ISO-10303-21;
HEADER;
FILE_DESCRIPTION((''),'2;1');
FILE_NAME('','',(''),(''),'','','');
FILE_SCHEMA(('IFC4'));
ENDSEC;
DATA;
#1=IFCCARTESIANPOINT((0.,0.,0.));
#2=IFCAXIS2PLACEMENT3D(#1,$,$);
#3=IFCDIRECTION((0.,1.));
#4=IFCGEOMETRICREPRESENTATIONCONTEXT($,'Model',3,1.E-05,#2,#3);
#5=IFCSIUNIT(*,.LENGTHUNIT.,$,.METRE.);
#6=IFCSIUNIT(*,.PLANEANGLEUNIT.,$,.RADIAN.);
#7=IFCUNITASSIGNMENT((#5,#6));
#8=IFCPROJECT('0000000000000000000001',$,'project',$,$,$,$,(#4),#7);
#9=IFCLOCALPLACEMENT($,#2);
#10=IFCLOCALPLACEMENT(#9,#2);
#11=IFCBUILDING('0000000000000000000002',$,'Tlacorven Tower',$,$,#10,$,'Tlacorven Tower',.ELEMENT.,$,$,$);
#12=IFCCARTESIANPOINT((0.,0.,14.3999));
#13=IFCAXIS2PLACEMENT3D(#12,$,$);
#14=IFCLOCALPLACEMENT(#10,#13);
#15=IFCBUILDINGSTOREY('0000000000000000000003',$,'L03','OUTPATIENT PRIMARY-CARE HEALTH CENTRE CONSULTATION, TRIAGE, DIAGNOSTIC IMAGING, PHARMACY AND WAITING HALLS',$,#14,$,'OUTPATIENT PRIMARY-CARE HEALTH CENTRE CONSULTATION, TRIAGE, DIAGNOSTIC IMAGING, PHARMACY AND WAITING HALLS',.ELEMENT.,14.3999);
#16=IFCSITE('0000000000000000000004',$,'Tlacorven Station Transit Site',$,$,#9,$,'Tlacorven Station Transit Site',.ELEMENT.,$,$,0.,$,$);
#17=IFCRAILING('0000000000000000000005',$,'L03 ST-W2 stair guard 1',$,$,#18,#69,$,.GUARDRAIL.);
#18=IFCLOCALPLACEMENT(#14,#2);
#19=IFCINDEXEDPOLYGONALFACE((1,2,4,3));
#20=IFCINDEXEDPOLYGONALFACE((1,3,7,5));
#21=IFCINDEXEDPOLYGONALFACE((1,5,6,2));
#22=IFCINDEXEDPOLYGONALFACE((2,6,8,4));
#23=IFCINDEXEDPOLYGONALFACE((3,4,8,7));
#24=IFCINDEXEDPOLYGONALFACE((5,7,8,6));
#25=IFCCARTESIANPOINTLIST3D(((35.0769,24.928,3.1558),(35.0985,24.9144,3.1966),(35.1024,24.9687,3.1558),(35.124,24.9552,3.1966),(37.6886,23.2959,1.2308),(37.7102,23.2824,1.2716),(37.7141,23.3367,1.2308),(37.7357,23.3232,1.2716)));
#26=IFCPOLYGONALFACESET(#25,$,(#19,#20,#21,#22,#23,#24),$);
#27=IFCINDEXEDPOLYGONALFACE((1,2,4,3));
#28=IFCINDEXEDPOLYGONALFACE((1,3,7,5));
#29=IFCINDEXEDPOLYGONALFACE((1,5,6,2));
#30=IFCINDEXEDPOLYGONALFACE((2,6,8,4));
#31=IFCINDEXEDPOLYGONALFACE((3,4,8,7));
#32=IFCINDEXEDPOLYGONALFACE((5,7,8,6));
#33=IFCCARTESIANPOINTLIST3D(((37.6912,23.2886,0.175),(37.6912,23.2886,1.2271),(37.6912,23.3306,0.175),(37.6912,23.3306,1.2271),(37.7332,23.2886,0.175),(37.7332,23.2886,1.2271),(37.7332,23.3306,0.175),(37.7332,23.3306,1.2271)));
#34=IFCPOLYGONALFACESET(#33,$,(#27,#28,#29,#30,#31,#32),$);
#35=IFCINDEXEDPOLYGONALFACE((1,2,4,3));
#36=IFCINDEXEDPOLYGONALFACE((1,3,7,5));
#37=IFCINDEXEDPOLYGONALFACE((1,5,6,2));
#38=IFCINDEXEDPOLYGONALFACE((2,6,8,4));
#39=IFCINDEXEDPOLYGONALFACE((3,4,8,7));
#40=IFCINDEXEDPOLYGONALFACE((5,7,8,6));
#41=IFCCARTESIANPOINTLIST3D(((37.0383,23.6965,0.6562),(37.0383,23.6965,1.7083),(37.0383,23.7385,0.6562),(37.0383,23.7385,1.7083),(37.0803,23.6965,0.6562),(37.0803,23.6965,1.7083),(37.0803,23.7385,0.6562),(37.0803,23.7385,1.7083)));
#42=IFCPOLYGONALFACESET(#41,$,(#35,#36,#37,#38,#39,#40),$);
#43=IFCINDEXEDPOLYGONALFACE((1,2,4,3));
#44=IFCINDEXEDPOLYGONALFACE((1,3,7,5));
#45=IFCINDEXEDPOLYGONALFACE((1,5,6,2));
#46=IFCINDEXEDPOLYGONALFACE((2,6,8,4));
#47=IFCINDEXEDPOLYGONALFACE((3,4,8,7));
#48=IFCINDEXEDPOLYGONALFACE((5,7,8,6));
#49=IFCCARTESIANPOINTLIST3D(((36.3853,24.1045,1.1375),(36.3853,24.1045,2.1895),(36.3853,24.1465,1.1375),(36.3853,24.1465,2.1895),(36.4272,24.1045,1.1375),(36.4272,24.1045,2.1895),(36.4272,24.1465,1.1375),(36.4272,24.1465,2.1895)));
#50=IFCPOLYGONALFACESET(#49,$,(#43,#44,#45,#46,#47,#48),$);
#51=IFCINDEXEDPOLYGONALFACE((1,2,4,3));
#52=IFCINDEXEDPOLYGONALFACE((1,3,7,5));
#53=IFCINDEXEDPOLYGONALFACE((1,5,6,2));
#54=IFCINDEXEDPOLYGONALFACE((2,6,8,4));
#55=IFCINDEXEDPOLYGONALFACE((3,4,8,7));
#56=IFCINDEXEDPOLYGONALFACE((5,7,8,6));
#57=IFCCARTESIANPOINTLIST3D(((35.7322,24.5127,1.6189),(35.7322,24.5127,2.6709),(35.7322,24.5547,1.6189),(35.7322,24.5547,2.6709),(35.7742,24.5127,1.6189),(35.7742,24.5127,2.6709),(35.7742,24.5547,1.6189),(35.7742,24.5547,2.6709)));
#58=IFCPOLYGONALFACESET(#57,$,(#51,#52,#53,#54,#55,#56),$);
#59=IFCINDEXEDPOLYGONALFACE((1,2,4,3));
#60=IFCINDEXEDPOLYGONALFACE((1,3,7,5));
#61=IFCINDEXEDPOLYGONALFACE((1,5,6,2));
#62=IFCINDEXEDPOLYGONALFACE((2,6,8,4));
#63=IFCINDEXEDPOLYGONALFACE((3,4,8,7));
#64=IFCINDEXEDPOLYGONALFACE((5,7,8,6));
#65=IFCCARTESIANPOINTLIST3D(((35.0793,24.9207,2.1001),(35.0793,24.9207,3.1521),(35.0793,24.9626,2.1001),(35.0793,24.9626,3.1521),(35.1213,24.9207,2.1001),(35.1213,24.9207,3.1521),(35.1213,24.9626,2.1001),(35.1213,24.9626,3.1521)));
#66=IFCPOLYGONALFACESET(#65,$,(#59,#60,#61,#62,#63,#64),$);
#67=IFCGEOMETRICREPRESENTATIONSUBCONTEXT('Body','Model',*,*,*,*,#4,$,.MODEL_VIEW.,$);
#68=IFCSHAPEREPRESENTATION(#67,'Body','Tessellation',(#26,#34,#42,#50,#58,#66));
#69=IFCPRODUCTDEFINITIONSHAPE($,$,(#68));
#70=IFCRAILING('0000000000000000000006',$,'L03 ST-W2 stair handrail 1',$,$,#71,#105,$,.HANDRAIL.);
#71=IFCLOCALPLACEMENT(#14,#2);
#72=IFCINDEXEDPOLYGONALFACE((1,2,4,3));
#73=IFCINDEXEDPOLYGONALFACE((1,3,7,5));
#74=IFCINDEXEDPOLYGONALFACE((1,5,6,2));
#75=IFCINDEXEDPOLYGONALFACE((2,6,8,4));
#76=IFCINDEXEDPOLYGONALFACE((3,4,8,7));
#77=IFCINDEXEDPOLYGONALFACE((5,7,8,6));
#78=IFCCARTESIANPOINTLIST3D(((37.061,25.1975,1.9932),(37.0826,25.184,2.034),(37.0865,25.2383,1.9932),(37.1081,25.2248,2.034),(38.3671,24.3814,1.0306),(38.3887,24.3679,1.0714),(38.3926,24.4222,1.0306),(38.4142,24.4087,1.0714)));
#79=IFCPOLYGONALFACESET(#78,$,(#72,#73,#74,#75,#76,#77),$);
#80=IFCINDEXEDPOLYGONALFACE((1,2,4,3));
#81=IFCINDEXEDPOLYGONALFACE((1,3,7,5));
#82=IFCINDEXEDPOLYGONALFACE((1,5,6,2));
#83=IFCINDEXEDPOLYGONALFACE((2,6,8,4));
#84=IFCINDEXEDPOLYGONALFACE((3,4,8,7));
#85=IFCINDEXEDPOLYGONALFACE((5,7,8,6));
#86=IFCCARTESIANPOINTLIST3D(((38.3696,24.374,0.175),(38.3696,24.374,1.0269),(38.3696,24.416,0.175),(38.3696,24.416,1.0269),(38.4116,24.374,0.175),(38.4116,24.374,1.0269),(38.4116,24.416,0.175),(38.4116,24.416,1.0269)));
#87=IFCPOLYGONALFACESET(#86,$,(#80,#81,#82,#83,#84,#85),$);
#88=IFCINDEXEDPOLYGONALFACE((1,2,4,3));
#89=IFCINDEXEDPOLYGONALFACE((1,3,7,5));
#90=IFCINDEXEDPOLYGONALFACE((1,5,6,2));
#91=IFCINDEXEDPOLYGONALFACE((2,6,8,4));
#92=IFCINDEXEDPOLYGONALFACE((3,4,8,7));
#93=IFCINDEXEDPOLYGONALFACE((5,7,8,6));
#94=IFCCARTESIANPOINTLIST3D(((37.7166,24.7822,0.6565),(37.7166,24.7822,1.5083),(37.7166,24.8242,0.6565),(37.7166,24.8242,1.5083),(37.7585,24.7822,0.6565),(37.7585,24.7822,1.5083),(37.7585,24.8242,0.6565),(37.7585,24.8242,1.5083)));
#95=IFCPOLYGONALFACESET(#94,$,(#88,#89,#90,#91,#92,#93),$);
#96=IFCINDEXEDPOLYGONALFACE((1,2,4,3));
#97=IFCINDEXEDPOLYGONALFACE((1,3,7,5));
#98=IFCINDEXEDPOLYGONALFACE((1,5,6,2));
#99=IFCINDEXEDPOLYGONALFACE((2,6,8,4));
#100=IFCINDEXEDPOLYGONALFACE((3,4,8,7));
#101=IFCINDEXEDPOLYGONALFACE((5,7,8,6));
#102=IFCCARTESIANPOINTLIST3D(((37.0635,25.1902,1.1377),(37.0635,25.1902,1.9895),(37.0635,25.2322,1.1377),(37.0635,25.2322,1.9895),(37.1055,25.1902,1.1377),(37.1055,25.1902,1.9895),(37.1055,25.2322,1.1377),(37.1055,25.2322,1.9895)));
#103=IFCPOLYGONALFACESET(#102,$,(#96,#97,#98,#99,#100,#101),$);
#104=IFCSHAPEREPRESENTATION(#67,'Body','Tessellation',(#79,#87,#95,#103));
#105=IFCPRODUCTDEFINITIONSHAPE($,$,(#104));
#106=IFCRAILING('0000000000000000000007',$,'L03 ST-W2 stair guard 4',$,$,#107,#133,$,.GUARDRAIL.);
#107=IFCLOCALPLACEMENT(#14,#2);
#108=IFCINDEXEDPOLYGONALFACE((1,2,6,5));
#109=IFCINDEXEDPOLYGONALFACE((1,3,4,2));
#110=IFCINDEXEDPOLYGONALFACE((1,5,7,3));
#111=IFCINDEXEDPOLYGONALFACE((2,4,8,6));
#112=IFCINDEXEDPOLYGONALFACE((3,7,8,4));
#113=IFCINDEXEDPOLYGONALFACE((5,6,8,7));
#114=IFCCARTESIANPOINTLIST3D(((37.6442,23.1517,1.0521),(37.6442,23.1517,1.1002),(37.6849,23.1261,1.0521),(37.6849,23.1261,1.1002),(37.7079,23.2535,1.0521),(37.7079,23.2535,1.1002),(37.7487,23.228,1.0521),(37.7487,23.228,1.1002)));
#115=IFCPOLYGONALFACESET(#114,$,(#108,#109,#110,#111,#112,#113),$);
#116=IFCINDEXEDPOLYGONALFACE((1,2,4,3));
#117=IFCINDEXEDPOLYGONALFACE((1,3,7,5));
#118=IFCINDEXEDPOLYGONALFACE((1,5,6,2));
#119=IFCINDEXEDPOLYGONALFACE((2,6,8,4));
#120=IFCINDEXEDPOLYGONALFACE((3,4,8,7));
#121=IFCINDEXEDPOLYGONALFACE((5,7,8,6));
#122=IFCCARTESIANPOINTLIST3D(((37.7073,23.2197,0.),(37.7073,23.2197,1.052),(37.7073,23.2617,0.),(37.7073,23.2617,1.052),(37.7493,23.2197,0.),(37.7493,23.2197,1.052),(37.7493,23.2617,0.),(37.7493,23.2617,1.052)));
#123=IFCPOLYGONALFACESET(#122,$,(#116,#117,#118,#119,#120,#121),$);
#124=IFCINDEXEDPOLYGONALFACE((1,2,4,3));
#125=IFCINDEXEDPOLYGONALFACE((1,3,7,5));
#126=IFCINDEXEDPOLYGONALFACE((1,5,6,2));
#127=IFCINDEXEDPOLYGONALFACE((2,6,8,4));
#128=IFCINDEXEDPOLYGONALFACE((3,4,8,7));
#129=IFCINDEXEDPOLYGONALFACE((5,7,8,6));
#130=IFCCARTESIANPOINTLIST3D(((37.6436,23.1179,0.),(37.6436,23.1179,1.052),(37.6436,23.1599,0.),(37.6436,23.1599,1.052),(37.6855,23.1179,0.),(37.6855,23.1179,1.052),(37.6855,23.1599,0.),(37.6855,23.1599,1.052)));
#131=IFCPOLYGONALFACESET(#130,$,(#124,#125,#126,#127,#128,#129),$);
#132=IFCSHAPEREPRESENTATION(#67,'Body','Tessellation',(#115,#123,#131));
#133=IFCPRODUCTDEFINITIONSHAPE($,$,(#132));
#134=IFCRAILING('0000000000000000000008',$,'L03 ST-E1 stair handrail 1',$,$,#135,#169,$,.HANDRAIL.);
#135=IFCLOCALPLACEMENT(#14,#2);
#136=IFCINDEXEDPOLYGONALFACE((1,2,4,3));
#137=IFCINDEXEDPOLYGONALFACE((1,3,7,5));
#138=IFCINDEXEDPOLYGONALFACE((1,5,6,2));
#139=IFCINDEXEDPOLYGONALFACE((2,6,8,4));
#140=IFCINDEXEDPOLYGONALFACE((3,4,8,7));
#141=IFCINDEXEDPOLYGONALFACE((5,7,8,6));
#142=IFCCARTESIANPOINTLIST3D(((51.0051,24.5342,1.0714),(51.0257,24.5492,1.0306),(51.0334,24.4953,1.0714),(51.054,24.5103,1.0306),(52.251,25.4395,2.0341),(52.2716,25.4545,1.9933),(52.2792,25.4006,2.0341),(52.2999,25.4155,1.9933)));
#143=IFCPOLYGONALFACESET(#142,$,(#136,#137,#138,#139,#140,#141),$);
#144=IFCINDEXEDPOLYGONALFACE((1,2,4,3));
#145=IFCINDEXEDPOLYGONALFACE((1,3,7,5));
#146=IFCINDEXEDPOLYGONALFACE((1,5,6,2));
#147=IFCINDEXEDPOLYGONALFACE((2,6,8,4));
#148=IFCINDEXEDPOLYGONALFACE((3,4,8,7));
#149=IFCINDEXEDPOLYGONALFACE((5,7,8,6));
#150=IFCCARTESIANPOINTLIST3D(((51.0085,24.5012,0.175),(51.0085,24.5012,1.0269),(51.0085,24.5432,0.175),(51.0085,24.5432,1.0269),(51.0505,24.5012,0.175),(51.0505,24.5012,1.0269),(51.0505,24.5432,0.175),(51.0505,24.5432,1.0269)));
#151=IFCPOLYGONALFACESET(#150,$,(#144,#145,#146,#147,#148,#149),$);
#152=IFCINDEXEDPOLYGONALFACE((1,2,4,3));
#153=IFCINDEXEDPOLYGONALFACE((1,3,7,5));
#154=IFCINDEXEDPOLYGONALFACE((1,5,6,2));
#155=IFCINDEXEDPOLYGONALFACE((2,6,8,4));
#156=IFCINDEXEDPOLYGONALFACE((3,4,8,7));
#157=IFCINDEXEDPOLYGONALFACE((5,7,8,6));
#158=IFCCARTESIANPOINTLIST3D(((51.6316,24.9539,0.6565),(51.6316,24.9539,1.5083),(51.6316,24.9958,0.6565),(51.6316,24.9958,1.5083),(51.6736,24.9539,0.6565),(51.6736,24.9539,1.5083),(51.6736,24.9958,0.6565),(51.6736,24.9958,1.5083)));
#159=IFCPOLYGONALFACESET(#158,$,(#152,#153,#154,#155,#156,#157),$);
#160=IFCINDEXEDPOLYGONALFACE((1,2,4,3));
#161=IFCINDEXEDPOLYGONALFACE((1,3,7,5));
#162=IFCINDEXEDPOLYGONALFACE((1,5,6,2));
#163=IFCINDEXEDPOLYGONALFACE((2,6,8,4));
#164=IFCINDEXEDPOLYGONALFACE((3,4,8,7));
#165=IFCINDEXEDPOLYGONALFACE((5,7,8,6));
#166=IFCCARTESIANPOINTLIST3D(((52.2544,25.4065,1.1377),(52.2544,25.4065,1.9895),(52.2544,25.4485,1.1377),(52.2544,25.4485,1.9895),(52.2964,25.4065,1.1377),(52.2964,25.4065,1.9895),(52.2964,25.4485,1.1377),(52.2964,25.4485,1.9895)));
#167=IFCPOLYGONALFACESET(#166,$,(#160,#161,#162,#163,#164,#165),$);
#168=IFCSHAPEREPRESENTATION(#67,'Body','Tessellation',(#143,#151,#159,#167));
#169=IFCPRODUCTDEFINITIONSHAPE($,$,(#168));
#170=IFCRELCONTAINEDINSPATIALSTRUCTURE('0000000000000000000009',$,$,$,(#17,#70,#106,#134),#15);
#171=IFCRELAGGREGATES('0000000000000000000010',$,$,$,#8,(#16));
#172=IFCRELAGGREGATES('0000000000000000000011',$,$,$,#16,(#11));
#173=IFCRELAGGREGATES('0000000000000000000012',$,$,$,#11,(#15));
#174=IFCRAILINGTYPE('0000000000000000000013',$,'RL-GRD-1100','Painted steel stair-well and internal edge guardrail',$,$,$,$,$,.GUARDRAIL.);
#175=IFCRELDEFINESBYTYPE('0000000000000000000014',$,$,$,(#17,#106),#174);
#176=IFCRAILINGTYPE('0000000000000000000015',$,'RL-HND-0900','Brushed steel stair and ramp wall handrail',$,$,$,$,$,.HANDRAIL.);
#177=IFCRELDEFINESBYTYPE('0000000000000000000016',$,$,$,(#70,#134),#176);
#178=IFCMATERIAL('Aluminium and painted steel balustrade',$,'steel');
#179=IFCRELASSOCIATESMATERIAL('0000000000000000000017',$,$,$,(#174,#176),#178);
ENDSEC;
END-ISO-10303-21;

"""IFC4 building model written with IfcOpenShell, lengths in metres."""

from ifc_helpers import new_model, si_unit, direction, frame, origin, origin_2d, place, context, subcontext, project, spatial, rectangle, extrude, source, transform, mapped, material, type_object, element, save


model = new_model("IFC4")

# Units and contexts
model_context = context("Model", 3, precision=1e-05, world=origin(), true_north=direction((0.0, 1.0)))
body_context = subcontext(model_context, "Body", "Model", "MODEL_VIEW")
ifc_project = project(units=[si_unit("LENGTHUNIT", "METRE"), si_unit("PLANEANGLEUNIT", "RADIAN")], contexts=[model_context])

# Site, building, storey
site_placement = place(None, origin())
site = spatial("IfcSite", under=ifc_project, at=site_placement, Name="Tlacorven Station Transit Site", LongName="Tlacorven Station Transit Site", CompositionType="ELEMENT", RefElevation=0.0)
building_placement = place(site_placement, origin())
building = spatial("IfcBuilding", under=site, at=building_placement, Name="Tlacorven Tower", LongName="Tlacorven Tower", CompositionType="ELEMENT")
storey_placement = place(building_placement, frame((0.0, 0.0, 14.3999)))
storey = spatial("IfcBuildingStorey", under=building, at=storey_placement, Name="L03", Description="OUTPATIENT PRIMARY-CARE HEALTH CENTRE CONSULTATION, TRIAGE, DIAGNOSTIC IMAGING, PHARMACY AND WAITING HALLS", LongName="OUTPATIENT PRIMARY-CARE HEALTH CENTRE CONSULTATION, TRIAGE, DIAGNOSTIC IMAGING, PHARMACY AND WAITING HALLS", CompositionType="ELEMENT", Elevation=14.3999)

# Railings
ifc_material_1 = material(Name="Aluminium and painted steel balustrade", Category="steel")
railing_type_1 = type_object("IfcRailingType", Name="RL-GRD-1100", Description="Painted steel stair-well and internal edge guardrail", PredefinedType="GUARDRAIL", material=ifc_material_1)
shared_shape_1 = source(origin(), body_context, "Body", "SweptSolid", [
    extrude(rectangle(XDim=0.0481, YDim=0.0481, at=origin_2d()), frame((0.0, 0.0, 1.0762), z_axis=(-0.719122, 0.449367, 0.530031), x_axis=(-0.529928, -0.848043, 0.0)), (0.0, 0.0, 1.0), 3.6318),
    extrude(rectangle(XDim=0.042, YDim=0.042, at=origin_2d()), origin(), (0.0, 0.0, 1.0), 1.052),
    extrude(rectangle(XDim=0.042, YDim=0.042, at=origin_2d()), frame((-0.6528, 0.408, 0.4812)), (0.0, 0.0, 1.0), 1.052),
    extrude(rectangle(XDim=0.042, YDim=0.042, at=origin_2d()), frame((-1.3059, 0.8159, 0.9624)), (0.0, 0.0, 1.0), 1.052),
    extrude(rectangle(XDim=0.042, YDim=0.042, at=origin_2d()), frame((-1.959, 1.2241, 1.4438)), (0.0, 0.0, 1.0), 1.052),
    extrude(rectangle(XDim=0.042, YDim=0.042, at=origin_2d()), frame((-2.6118, 1.6321, 1.925)), (0.0, 0.0, 1.0), 1.052),
])
railing_1_placement = place(storey_placement, frame((37.7122, 23.3096, 0.175)))
element("IfcRailing", 1, at=railing_1_placement, inside=storey, type_object=railing_type_1, Name="L03 ST-W2 stair guard 1", PredefinedType="GUARDRAIL", context=body_context, shape_type="MappedRepresentation", body=[
    mapped(shared_shape_1, transform((0.0, 0.0, 0.0), scale=1.0)),
])
railing_type_2 = type_object("IfcRailingType", Name="RL-HND-0900", Description="Brushed steel stair and ramp wall handrail", PredefinedType="HANDRAIL", material=ifc_material_1)
shared_shape_2 = source(origin(), body_context, "Body", "SweptSolid", [
    extrude(rectangle(XDim=0.0481, YDim=0.0481, at=origin_2d()), frame((0.0, 0.0, 0.876), z_axis=(-0.719139, 0.449361, 0.530012), x_axis=(-0.529913, -0.848052, 0.0)), (0.0, 0.0, 1.0), 1.8162),
    extrude(rectangle(XDim=0.042, YDim=0.042, at=origin_2d()), origin(), (0.0, 0.0, 1.0), 0.8518),
    extrude(rectangle(XDim=0.042, YDim=0.042, at=origin_2d()), frame((-0.6531, 0.4082, 0.4814)), (0.0, 0.0, 1.0), 0.8518),
    extrude(rectangle(XDim=0.042, YDim=0.042, at=origin_2d()), frame((-1.3062, 0.8162, 0.9626)), (0.0, 0.0, 1.0), 0.8518),
])
railing_2_placement = place(storey_placement, frame((38.3906, 24.395, 0.175)))
element("IfcRailing", 2, at=railing_2_placement, inside=storey, type_object=railing_type_2, Name="L03 ST-W2 stair handrail 1", PredefinedType="HANDRAIL", context=body_context, shape_type="MappedRepresentation", body=[
    mapped(shared_shape_2, transform((0.0, 0.0, 0.0), scale=1.0)),
])
shared_shape_3 = source(origin(), body_context, "Body", "SweptSolid", [
    extrude(rectangle(XDim=0.0481, YDim=0.0481, at=origin_2d()), frame((0.0, 0.0, 1.0762), z_axis=(-0.530547, -0.847656, 0.0), x_axis=(0.847656, -0.530547, 0.0)), (0.0, 0.0, 1.0), 0.1201),
    extrude(rectangle(XDim=0.042, YDim=0.042, at=origin_2d()), origin(), (0.0, 0.0, 1.0), 1.052),
    extrude(rectangle(XDim=0.042, YDim=0.042, at=origin_2d()), frame((-0.0637, -0.1018, 0.0)), (0.0, 0.0, 1.0), 1.052),
])
railing_3_placement = place(storey_placement, frame((37.7283, 23.2407, 0.0)))
element("IfcRailing", 3, at=railing_3_placement, inside=storey, type_object=railing_type_1, Name="L03 ST-W2 stair guard 4", PredefinedType="GUARDRAIL", context=body_context, shape_type="MappedRepresentation", body=[
    mapped(shared_shape_3, transform((0.0, 0.0, 0.0), scale=1.0)),
])
shared_shape_4 = source(origin(), body_context, "Body", "SweptSolid", [
    extrude(rectangle(XDim=0.0481, YDim=0.0481, at=origin_2d()), frame((0.0, 0.0, 0.876), z_axis=(0.685989, 0.498461, 0.530052), x_axis=(-0.587832, 0.808983, 0.0)), (0.0, 0.0, 1.0), 1.8162),
    extrude(rectangle(XDim=0.042, YDim=0.042, at=origin_2d()), origin(), (0.0, 0.0, 1.0), 0.8518),
    extrude(rectangle(XDim=0.042, YDim=0.042, at=origin_2d()), frame((0.623, 0.4526, 0.4814)), (0.0, 0.0, 1.0), 0.8518),
    extrude(rectangle(XDim=0.042, YDim=0.042, at=origin_2d()), frame((1.2458, 0.9053, 0.9626)), (0.0, 0.0, 1.0), 0.8518),
])
railing_4_placement = place(storey_placement, frame((51.0295, 24.5222, 0.175)))
element("IfcRailing", 4, at=railing_4_placement, inside=storey, type_object=railing_type_2, Name="L03 ST-E1 stair handrail 1", PredefinedType="HANDRAIL", context=body_context, shape_type="MappedRepresentation", body=[
    mapped(shared_shape_4, transform((0.0, 0.0, 0.0), scale=1.0)),
])

save(model, "model.ifc")
